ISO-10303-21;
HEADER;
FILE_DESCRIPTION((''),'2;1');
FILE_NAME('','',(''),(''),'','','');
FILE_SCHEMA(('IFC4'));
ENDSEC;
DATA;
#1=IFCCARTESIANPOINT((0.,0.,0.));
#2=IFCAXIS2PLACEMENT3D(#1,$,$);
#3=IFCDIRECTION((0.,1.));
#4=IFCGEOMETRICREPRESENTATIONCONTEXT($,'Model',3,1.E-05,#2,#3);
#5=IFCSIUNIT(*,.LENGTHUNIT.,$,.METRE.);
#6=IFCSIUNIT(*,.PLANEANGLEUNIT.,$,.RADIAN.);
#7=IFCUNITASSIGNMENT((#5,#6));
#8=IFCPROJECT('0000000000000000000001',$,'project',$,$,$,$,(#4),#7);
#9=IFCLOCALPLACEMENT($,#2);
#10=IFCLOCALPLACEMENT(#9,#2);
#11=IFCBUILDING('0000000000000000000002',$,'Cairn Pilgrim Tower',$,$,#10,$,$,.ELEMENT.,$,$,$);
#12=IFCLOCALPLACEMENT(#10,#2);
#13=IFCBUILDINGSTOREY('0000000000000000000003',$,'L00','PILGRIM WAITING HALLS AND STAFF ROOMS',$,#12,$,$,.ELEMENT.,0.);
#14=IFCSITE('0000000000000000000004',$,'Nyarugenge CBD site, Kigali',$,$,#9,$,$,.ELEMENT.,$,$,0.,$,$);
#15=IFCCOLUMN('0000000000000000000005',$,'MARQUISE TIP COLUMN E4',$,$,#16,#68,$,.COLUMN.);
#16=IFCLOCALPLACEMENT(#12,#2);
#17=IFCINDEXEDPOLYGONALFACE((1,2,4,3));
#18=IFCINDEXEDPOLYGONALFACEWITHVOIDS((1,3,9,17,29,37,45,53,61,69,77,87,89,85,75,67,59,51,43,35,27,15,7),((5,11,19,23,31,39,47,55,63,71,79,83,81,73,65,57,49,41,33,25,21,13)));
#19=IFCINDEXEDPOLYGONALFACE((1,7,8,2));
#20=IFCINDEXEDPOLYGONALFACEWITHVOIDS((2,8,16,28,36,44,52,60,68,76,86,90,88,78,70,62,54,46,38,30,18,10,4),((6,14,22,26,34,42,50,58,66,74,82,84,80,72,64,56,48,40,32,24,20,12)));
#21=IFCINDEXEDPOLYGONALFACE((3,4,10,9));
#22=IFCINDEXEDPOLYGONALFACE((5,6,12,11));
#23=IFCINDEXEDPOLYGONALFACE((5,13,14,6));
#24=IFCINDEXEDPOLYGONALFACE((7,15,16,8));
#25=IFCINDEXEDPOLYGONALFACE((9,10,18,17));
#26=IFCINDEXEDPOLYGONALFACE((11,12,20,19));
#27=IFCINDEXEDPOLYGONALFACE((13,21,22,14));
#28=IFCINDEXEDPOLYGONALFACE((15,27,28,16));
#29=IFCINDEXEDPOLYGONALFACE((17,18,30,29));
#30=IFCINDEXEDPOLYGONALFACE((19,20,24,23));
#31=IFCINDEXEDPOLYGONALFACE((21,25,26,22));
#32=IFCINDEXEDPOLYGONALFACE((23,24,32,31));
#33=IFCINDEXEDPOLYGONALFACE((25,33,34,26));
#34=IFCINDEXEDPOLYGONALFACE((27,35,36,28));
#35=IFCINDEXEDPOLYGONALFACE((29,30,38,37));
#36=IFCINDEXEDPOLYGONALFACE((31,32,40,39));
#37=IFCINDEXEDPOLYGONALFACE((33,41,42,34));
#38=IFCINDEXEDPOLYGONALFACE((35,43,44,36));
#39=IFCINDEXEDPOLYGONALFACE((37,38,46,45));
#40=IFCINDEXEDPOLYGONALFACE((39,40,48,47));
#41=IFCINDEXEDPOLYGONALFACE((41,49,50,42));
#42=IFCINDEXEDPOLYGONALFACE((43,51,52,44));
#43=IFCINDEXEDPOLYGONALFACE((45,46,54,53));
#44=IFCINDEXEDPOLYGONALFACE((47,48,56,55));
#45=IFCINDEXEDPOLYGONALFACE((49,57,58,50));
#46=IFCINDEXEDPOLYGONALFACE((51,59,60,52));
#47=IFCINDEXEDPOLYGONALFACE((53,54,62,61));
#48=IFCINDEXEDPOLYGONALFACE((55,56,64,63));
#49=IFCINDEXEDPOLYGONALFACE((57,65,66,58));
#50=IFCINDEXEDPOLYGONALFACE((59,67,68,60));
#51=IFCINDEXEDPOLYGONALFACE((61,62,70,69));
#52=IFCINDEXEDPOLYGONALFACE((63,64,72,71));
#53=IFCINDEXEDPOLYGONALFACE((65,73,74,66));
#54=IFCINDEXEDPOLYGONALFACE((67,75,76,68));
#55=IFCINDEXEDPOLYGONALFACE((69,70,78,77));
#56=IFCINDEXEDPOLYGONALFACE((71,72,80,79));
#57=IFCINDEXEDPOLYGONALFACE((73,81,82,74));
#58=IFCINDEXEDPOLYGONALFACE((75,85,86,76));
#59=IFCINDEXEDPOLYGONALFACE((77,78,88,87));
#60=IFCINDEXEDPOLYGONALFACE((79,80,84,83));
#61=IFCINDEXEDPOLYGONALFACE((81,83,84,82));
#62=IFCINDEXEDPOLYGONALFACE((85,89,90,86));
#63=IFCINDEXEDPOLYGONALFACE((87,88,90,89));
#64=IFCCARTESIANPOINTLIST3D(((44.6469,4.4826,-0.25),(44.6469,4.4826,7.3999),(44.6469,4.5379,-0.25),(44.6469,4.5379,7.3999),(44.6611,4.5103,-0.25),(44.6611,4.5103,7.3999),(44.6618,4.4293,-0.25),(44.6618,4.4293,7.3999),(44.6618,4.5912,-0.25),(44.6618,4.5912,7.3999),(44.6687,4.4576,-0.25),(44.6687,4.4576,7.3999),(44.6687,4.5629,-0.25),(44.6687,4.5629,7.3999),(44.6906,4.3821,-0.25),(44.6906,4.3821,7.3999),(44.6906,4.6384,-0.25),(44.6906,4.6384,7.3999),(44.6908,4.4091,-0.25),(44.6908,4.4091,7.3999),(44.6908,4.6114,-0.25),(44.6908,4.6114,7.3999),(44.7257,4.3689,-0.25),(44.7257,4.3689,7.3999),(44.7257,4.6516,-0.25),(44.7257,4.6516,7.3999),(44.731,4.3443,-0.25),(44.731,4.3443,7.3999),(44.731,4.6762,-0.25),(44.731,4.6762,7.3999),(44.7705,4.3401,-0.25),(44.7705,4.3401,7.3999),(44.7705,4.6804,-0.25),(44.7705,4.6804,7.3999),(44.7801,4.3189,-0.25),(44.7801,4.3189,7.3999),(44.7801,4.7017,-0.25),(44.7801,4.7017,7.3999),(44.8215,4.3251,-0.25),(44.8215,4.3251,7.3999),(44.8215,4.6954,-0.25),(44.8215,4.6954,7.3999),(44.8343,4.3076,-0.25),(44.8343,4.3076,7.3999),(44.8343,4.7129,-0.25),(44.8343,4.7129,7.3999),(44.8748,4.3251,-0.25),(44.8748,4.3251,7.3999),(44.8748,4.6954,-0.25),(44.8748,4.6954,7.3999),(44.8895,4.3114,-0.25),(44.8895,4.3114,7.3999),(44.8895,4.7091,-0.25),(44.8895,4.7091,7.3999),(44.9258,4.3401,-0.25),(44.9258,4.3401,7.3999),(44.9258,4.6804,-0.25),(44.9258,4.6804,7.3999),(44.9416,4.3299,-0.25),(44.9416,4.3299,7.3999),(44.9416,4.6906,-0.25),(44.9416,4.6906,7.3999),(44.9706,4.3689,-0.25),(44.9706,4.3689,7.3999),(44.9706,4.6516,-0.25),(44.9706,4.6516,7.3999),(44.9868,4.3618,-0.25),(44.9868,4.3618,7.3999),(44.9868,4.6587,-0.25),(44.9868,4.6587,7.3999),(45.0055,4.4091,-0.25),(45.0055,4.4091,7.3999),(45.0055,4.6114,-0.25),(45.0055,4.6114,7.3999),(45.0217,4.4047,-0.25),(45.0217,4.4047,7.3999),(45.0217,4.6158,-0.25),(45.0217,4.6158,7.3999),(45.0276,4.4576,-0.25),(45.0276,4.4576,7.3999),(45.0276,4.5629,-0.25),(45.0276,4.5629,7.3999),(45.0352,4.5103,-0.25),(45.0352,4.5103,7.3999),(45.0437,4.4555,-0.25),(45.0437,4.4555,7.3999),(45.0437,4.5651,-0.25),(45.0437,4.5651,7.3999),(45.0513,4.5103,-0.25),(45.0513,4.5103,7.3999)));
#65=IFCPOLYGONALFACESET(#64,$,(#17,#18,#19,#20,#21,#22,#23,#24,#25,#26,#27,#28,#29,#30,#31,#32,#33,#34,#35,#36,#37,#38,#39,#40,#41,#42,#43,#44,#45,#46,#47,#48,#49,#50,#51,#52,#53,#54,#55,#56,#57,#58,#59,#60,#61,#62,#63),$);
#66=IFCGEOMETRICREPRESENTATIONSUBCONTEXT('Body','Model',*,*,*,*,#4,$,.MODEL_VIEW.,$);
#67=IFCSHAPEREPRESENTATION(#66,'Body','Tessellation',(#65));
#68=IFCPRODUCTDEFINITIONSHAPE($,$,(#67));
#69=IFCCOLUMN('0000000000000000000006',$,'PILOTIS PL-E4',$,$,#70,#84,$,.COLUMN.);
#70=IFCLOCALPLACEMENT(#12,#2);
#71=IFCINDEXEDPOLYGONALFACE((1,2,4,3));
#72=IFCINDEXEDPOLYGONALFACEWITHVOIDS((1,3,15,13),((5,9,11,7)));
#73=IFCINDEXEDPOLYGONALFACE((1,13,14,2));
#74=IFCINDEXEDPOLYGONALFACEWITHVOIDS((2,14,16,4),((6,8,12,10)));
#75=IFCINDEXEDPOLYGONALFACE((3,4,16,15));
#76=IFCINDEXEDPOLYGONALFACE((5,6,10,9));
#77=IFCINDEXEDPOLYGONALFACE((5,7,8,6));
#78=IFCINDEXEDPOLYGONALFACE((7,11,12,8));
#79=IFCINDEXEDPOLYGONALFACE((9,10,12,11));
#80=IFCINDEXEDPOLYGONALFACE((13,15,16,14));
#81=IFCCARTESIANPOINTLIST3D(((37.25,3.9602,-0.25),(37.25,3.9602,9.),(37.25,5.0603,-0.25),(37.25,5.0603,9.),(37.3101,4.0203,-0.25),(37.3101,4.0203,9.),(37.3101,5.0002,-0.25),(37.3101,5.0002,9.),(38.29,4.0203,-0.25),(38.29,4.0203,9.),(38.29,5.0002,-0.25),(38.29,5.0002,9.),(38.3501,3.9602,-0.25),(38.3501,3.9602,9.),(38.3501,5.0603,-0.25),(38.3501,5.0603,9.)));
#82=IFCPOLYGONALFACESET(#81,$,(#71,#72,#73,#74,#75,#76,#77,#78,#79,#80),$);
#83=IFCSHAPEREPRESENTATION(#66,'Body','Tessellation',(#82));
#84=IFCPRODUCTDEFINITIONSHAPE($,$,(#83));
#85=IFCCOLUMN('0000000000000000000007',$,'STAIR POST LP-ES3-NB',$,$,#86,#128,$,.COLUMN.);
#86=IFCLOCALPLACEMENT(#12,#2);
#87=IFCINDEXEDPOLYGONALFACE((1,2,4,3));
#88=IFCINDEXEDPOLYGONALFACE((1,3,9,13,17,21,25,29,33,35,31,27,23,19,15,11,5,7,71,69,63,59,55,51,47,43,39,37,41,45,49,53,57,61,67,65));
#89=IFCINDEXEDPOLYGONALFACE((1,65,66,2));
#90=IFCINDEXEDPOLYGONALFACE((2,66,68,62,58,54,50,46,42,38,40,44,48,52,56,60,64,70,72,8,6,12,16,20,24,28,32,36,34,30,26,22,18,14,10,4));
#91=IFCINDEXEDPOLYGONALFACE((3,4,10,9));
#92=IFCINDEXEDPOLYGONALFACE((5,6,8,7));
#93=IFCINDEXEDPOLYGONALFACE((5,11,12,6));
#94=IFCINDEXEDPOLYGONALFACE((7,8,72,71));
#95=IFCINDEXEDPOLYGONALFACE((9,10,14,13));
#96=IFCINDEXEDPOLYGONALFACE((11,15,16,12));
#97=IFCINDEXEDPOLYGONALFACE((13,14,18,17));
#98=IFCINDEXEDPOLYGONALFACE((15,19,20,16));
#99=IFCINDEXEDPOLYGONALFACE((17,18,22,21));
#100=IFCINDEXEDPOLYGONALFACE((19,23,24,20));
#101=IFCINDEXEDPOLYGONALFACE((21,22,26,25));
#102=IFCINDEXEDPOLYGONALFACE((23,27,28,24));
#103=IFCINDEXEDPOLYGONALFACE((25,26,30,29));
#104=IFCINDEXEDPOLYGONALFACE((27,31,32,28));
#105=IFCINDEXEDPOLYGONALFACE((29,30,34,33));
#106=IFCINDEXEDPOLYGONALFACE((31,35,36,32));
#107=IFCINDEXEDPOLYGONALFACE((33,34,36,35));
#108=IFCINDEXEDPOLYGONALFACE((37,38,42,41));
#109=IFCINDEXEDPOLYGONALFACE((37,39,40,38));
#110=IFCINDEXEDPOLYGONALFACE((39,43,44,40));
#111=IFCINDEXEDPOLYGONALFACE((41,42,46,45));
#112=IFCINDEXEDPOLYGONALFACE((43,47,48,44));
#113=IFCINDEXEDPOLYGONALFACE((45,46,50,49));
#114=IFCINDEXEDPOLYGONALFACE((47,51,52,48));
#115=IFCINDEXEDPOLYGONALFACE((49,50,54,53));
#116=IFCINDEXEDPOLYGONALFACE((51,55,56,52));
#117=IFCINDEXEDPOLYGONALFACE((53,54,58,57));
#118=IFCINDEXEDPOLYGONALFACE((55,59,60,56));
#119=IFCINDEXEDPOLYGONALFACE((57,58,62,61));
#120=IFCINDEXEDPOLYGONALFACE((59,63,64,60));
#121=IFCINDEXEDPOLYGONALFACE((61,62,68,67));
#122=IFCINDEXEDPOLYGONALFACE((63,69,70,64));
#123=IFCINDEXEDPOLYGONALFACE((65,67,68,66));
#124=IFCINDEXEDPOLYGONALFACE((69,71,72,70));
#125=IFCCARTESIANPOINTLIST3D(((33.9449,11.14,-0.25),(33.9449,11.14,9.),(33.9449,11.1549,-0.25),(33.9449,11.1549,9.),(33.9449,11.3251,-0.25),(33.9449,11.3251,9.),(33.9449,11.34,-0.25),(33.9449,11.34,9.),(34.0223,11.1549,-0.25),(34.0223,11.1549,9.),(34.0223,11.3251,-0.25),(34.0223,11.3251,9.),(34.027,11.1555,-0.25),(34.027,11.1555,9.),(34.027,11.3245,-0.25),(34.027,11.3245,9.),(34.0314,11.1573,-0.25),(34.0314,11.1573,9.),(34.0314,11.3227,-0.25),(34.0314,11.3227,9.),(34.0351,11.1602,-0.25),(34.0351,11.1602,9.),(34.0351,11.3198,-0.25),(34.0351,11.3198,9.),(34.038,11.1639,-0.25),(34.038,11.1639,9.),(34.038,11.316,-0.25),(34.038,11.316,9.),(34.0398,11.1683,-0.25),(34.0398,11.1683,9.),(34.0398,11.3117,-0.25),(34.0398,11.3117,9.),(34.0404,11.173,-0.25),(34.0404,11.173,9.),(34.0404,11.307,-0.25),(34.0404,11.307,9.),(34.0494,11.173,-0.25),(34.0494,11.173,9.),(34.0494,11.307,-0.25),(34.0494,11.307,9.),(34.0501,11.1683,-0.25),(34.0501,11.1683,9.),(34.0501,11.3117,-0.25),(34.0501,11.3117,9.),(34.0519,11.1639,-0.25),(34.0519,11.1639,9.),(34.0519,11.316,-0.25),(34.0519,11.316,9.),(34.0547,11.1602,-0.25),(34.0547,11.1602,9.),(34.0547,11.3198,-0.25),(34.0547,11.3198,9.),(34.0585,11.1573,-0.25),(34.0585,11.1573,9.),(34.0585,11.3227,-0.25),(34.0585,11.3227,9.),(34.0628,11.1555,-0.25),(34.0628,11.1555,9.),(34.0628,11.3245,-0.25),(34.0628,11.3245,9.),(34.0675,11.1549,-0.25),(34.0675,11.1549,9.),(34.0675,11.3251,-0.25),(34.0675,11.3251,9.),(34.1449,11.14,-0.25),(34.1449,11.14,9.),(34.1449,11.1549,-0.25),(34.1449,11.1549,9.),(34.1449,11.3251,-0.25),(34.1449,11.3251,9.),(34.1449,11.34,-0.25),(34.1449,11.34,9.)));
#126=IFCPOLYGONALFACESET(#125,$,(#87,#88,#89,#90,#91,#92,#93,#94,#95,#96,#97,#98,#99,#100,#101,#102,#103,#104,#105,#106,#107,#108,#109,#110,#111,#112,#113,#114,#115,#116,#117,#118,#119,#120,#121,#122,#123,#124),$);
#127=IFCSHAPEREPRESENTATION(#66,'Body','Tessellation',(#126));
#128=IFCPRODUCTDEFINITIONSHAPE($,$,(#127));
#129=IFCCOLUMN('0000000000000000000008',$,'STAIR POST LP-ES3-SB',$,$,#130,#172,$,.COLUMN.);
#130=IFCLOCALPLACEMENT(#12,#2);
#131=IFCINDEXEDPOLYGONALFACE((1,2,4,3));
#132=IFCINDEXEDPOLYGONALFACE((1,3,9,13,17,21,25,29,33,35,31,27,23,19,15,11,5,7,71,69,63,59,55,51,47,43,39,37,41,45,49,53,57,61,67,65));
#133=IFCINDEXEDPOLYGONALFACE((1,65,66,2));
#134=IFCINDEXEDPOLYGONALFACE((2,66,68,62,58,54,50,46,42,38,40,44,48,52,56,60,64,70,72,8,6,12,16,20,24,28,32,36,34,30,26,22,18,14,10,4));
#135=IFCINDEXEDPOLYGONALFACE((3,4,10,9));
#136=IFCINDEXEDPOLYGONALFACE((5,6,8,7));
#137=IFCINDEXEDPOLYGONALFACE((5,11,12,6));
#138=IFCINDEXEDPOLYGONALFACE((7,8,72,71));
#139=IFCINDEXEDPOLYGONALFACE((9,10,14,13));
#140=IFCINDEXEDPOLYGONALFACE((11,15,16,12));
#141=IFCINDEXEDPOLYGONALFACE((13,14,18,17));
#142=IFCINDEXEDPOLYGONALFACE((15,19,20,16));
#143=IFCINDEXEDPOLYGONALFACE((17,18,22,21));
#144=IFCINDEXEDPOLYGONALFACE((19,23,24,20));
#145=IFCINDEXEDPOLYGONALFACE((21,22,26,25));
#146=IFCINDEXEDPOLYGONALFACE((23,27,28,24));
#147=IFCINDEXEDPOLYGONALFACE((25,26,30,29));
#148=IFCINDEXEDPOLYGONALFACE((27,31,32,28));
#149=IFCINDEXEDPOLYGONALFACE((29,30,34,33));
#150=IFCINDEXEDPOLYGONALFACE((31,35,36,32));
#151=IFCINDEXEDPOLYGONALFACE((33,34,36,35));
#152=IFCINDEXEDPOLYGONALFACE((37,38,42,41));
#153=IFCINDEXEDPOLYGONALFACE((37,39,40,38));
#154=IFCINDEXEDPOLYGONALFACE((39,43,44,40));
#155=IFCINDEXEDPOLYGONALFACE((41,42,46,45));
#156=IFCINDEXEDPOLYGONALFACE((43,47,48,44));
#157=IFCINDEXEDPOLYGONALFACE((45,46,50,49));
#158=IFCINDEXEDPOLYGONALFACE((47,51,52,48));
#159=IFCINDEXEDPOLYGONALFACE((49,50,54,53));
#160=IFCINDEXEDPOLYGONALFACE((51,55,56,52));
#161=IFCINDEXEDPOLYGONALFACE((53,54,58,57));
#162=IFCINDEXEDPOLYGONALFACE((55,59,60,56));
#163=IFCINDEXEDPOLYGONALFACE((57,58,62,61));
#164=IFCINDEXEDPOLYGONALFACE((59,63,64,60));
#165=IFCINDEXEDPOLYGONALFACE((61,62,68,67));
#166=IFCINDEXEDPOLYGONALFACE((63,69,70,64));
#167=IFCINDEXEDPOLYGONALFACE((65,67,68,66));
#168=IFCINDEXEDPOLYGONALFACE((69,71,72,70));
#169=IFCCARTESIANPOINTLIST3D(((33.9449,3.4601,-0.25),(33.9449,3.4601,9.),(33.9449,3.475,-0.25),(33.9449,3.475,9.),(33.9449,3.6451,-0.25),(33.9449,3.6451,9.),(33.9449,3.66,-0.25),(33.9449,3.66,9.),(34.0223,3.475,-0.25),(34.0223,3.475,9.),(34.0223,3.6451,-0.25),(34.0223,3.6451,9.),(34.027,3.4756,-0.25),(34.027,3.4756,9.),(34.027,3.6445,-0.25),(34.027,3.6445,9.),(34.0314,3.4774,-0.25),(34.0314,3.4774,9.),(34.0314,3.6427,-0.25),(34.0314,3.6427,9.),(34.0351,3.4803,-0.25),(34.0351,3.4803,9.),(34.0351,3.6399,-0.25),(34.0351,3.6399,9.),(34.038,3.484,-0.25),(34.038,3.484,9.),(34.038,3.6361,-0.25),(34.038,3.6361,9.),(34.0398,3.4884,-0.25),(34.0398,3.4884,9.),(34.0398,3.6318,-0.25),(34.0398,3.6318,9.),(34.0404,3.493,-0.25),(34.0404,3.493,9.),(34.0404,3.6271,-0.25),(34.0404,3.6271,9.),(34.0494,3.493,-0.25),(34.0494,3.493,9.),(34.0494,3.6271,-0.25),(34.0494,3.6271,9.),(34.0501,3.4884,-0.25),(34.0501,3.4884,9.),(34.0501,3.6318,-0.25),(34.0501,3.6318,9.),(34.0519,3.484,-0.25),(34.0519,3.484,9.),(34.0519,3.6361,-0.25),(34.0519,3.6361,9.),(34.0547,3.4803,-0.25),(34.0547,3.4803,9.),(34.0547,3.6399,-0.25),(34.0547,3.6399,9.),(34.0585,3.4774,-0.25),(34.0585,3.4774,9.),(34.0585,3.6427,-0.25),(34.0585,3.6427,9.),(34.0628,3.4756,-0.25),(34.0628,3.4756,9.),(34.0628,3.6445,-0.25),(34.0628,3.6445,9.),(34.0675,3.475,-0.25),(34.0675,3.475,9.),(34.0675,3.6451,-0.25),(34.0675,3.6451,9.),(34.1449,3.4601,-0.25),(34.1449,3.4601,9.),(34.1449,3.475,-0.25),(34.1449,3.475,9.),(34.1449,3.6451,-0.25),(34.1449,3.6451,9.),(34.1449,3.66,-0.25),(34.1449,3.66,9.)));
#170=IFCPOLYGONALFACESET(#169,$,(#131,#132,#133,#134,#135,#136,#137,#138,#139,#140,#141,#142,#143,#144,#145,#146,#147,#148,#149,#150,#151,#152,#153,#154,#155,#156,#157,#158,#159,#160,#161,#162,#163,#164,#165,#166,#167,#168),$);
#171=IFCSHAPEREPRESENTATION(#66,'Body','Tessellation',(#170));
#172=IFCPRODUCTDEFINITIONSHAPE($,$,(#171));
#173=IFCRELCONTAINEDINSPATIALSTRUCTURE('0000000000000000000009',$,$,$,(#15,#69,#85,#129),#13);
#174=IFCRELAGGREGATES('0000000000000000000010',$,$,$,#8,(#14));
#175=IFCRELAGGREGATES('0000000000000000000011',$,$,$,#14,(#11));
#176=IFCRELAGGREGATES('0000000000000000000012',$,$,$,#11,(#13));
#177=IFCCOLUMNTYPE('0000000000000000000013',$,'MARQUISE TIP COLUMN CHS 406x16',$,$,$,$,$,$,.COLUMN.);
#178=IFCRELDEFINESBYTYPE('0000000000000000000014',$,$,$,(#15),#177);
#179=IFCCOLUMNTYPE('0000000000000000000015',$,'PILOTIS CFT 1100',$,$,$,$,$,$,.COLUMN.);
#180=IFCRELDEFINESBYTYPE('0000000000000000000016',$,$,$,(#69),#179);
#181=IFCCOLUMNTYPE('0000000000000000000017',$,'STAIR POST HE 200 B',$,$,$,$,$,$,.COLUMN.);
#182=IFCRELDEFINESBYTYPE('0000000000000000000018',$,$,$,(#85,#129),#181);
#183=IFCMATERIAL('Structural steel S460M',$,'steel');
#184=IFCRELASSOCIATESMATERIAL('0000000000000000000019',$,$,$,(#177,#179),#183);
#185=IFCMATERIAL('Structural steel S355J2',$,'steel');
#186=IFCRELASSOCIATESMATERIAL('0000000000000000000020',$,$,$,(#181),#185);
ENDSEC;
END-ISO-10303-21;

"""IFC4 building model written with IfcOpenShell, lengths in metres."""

from ifc_helpers import new_model, si_unit, direction, frame, origin, origin_2d, place, context, subcontext, project, spatial, hollow_rectangle, hollow_circle, i_section, extrude, material, material_profile, profile_set, type_object, element, save


model = new_model("IFC4")

# Units and contexts
model_context = context("Model", 3, precision=1e-05, world=origin(), true_north=direction((0.0, 1.0)))
body_context = subcontext(model_context, "Body", "Model", "MODEL_VIEW")
ifc_project = project(units=[si_unit("LENGTHUNIT", "METRE"), si_unit("PLANEANGLEUNIT", "RADIAN")], contexts=[model_context])

# Site, building, storey
site_placement = place(None, origin())
site = spatial("IfcSite", under=ifc_project, at=site_placement, Name="Nyarugenge CBD site, Kigali", CompositionType="ELEMENT", RefElevation=0.0)
building_placement = place(site_placement, origin())
building = spatial("IfcBuilding", under=site, at=building_placement, Name="Cairn Pilgrim Tower", CompositionType="ELEMENT")
storey_placement = place(building_placement, origin())
storey = spatial("IfcBuildingStorey", under=building, at=storey_placement, Name="L00", Description="PILGRIM WAITING HALLS AND STAFF ROOMS", CompositionType="ELEMENT", Elevation=0.0)

# Columns
ifc_material_1 = material(Name="Structural steel S460M", Category="steel")
ifc_material_profile_1 = material_profile(ifc_material_1, hollow_circle(Radius=0.2031, WallThickness=0.0161, at=origin_2d()), Name="MARQUISE TIP COLUMN CHS 406x16")
ifc_profile_set_1 = profile_set([ifc_material_profile_1], Name="Structural steel S460M")
column_type_1 = type_object("IfcColumnType", Name="MARQUISE TIP COLUMN CHS 406x16", PredefinedType="COLUMN", material=ifc_profile_set_1)
column_1_placement = place(storey_placement, frame((44.8481, 4.5103, -0.25), z_axis=(0.0, 0.0, 1.0), x_axis=(1.0, 0.0, 0.0)))
element("IfcColumn", 1, at=column_1_placement, inside=storey, type_object=column_type_1, Name="MARQUISE TIP COLUMN E4", PredefinedType="COLUMN", context=body_context, shape_type="SweptSolid", body=[
    extrude(hollow_circle(Radius=0.2031, WallThickness=0.0161, at=origin_2d()), origin(), (0.0, 0.0, 1.0), 7.6499),
])
ifc_material_profile_2 = material_profile(ifc_material_1, hollow_rectangle(XDim=1.1001, YDim=1.1001, WallThickness=0.0601, at=origin_2d()), Name="BOX 1100x1100x60")
ifc_profile_set_2 = profile_set([ifc_material_profile_2], Name="Structural steel S460M")
column_type_2 = type_object("IfcColumnType", Name="PILOTIS CFT 1100", PredefinedType="COLUMN", material=ifc_profile_set_2)
column_2_placement = place(storey_placement, frame((37.8, 4.5103, -0.25), z_axis=(0.0, 0.0, 1.0), x_axis=(1.0, 0.0, 0.0)))
element("IfcColumn", 2, at=column_2_placement, inside=storey, type_object=column_type_2, Name="PILOTIS PL-E4", PredefinedType="COLUMN", context=body_context, shape_type="SweptSolid", body=[
    extrude(hollow_rectangle(XDim=1.1001, YDim=1.1001, WallThickness=0.0601, at=origin_2d()), origin(), (0.0, 0.0, 1.0), 9.25),
])
ifc_material_2 = material(Name="Structural steel S355J2", Category="steel")
ifc_material_profile_3 = material_profile(ifc_material_2, i_section(OverallWidth=0.2, OverallDepth=0.2, WebThickness=0.009, FlangeThickness=0.0149, FilletRadius=0.0181, at=origin_2d()), Name="HE 200 B")
ifc_profile_set_3 = profile_set([ifc_material_profile_3], Name="Structural steel S355J2")
column_type_3 = type_object("IfcColumnType", Name="STAIR POST HE 200 B", PredefinedType="COLUMN", material=ifc_profile_set_3)
for number, where, z_axis, x_axis, name in (
    (3, (34.0449, 11.24, -0.25), (0.0, 0.0, 1.0), (1.0, 0.0, 0.0), "STAIR POST LP-ES3-NB"),
    (4, (34.0449, 3.5601, -0.25), (0.0, 0.0, 1.0), (1.0, 0.0, 0.0), "STAIR POST LP-ES3-SB"),
):
    element("IfcColumn", number, at=place(storey_placement, frame(where, z_axis=z_axis, x_axis=x_axis)), inside=storey, type_object=column_type_3, Name=name, PredefinedType="COLUMN", context=body_context, shape_type="SweptSolid", body=[
        extrude(i_section(OverallWidth=0.2, OverallDepth=0.2, WebThickness=0.009, FlangeThickness=0.0149, FilletRadius=0.0181, at=origin_2d()), origin(), (0.0, 0.0, 1.0), 9.25),
    ])

save(model, "model.ifc")
